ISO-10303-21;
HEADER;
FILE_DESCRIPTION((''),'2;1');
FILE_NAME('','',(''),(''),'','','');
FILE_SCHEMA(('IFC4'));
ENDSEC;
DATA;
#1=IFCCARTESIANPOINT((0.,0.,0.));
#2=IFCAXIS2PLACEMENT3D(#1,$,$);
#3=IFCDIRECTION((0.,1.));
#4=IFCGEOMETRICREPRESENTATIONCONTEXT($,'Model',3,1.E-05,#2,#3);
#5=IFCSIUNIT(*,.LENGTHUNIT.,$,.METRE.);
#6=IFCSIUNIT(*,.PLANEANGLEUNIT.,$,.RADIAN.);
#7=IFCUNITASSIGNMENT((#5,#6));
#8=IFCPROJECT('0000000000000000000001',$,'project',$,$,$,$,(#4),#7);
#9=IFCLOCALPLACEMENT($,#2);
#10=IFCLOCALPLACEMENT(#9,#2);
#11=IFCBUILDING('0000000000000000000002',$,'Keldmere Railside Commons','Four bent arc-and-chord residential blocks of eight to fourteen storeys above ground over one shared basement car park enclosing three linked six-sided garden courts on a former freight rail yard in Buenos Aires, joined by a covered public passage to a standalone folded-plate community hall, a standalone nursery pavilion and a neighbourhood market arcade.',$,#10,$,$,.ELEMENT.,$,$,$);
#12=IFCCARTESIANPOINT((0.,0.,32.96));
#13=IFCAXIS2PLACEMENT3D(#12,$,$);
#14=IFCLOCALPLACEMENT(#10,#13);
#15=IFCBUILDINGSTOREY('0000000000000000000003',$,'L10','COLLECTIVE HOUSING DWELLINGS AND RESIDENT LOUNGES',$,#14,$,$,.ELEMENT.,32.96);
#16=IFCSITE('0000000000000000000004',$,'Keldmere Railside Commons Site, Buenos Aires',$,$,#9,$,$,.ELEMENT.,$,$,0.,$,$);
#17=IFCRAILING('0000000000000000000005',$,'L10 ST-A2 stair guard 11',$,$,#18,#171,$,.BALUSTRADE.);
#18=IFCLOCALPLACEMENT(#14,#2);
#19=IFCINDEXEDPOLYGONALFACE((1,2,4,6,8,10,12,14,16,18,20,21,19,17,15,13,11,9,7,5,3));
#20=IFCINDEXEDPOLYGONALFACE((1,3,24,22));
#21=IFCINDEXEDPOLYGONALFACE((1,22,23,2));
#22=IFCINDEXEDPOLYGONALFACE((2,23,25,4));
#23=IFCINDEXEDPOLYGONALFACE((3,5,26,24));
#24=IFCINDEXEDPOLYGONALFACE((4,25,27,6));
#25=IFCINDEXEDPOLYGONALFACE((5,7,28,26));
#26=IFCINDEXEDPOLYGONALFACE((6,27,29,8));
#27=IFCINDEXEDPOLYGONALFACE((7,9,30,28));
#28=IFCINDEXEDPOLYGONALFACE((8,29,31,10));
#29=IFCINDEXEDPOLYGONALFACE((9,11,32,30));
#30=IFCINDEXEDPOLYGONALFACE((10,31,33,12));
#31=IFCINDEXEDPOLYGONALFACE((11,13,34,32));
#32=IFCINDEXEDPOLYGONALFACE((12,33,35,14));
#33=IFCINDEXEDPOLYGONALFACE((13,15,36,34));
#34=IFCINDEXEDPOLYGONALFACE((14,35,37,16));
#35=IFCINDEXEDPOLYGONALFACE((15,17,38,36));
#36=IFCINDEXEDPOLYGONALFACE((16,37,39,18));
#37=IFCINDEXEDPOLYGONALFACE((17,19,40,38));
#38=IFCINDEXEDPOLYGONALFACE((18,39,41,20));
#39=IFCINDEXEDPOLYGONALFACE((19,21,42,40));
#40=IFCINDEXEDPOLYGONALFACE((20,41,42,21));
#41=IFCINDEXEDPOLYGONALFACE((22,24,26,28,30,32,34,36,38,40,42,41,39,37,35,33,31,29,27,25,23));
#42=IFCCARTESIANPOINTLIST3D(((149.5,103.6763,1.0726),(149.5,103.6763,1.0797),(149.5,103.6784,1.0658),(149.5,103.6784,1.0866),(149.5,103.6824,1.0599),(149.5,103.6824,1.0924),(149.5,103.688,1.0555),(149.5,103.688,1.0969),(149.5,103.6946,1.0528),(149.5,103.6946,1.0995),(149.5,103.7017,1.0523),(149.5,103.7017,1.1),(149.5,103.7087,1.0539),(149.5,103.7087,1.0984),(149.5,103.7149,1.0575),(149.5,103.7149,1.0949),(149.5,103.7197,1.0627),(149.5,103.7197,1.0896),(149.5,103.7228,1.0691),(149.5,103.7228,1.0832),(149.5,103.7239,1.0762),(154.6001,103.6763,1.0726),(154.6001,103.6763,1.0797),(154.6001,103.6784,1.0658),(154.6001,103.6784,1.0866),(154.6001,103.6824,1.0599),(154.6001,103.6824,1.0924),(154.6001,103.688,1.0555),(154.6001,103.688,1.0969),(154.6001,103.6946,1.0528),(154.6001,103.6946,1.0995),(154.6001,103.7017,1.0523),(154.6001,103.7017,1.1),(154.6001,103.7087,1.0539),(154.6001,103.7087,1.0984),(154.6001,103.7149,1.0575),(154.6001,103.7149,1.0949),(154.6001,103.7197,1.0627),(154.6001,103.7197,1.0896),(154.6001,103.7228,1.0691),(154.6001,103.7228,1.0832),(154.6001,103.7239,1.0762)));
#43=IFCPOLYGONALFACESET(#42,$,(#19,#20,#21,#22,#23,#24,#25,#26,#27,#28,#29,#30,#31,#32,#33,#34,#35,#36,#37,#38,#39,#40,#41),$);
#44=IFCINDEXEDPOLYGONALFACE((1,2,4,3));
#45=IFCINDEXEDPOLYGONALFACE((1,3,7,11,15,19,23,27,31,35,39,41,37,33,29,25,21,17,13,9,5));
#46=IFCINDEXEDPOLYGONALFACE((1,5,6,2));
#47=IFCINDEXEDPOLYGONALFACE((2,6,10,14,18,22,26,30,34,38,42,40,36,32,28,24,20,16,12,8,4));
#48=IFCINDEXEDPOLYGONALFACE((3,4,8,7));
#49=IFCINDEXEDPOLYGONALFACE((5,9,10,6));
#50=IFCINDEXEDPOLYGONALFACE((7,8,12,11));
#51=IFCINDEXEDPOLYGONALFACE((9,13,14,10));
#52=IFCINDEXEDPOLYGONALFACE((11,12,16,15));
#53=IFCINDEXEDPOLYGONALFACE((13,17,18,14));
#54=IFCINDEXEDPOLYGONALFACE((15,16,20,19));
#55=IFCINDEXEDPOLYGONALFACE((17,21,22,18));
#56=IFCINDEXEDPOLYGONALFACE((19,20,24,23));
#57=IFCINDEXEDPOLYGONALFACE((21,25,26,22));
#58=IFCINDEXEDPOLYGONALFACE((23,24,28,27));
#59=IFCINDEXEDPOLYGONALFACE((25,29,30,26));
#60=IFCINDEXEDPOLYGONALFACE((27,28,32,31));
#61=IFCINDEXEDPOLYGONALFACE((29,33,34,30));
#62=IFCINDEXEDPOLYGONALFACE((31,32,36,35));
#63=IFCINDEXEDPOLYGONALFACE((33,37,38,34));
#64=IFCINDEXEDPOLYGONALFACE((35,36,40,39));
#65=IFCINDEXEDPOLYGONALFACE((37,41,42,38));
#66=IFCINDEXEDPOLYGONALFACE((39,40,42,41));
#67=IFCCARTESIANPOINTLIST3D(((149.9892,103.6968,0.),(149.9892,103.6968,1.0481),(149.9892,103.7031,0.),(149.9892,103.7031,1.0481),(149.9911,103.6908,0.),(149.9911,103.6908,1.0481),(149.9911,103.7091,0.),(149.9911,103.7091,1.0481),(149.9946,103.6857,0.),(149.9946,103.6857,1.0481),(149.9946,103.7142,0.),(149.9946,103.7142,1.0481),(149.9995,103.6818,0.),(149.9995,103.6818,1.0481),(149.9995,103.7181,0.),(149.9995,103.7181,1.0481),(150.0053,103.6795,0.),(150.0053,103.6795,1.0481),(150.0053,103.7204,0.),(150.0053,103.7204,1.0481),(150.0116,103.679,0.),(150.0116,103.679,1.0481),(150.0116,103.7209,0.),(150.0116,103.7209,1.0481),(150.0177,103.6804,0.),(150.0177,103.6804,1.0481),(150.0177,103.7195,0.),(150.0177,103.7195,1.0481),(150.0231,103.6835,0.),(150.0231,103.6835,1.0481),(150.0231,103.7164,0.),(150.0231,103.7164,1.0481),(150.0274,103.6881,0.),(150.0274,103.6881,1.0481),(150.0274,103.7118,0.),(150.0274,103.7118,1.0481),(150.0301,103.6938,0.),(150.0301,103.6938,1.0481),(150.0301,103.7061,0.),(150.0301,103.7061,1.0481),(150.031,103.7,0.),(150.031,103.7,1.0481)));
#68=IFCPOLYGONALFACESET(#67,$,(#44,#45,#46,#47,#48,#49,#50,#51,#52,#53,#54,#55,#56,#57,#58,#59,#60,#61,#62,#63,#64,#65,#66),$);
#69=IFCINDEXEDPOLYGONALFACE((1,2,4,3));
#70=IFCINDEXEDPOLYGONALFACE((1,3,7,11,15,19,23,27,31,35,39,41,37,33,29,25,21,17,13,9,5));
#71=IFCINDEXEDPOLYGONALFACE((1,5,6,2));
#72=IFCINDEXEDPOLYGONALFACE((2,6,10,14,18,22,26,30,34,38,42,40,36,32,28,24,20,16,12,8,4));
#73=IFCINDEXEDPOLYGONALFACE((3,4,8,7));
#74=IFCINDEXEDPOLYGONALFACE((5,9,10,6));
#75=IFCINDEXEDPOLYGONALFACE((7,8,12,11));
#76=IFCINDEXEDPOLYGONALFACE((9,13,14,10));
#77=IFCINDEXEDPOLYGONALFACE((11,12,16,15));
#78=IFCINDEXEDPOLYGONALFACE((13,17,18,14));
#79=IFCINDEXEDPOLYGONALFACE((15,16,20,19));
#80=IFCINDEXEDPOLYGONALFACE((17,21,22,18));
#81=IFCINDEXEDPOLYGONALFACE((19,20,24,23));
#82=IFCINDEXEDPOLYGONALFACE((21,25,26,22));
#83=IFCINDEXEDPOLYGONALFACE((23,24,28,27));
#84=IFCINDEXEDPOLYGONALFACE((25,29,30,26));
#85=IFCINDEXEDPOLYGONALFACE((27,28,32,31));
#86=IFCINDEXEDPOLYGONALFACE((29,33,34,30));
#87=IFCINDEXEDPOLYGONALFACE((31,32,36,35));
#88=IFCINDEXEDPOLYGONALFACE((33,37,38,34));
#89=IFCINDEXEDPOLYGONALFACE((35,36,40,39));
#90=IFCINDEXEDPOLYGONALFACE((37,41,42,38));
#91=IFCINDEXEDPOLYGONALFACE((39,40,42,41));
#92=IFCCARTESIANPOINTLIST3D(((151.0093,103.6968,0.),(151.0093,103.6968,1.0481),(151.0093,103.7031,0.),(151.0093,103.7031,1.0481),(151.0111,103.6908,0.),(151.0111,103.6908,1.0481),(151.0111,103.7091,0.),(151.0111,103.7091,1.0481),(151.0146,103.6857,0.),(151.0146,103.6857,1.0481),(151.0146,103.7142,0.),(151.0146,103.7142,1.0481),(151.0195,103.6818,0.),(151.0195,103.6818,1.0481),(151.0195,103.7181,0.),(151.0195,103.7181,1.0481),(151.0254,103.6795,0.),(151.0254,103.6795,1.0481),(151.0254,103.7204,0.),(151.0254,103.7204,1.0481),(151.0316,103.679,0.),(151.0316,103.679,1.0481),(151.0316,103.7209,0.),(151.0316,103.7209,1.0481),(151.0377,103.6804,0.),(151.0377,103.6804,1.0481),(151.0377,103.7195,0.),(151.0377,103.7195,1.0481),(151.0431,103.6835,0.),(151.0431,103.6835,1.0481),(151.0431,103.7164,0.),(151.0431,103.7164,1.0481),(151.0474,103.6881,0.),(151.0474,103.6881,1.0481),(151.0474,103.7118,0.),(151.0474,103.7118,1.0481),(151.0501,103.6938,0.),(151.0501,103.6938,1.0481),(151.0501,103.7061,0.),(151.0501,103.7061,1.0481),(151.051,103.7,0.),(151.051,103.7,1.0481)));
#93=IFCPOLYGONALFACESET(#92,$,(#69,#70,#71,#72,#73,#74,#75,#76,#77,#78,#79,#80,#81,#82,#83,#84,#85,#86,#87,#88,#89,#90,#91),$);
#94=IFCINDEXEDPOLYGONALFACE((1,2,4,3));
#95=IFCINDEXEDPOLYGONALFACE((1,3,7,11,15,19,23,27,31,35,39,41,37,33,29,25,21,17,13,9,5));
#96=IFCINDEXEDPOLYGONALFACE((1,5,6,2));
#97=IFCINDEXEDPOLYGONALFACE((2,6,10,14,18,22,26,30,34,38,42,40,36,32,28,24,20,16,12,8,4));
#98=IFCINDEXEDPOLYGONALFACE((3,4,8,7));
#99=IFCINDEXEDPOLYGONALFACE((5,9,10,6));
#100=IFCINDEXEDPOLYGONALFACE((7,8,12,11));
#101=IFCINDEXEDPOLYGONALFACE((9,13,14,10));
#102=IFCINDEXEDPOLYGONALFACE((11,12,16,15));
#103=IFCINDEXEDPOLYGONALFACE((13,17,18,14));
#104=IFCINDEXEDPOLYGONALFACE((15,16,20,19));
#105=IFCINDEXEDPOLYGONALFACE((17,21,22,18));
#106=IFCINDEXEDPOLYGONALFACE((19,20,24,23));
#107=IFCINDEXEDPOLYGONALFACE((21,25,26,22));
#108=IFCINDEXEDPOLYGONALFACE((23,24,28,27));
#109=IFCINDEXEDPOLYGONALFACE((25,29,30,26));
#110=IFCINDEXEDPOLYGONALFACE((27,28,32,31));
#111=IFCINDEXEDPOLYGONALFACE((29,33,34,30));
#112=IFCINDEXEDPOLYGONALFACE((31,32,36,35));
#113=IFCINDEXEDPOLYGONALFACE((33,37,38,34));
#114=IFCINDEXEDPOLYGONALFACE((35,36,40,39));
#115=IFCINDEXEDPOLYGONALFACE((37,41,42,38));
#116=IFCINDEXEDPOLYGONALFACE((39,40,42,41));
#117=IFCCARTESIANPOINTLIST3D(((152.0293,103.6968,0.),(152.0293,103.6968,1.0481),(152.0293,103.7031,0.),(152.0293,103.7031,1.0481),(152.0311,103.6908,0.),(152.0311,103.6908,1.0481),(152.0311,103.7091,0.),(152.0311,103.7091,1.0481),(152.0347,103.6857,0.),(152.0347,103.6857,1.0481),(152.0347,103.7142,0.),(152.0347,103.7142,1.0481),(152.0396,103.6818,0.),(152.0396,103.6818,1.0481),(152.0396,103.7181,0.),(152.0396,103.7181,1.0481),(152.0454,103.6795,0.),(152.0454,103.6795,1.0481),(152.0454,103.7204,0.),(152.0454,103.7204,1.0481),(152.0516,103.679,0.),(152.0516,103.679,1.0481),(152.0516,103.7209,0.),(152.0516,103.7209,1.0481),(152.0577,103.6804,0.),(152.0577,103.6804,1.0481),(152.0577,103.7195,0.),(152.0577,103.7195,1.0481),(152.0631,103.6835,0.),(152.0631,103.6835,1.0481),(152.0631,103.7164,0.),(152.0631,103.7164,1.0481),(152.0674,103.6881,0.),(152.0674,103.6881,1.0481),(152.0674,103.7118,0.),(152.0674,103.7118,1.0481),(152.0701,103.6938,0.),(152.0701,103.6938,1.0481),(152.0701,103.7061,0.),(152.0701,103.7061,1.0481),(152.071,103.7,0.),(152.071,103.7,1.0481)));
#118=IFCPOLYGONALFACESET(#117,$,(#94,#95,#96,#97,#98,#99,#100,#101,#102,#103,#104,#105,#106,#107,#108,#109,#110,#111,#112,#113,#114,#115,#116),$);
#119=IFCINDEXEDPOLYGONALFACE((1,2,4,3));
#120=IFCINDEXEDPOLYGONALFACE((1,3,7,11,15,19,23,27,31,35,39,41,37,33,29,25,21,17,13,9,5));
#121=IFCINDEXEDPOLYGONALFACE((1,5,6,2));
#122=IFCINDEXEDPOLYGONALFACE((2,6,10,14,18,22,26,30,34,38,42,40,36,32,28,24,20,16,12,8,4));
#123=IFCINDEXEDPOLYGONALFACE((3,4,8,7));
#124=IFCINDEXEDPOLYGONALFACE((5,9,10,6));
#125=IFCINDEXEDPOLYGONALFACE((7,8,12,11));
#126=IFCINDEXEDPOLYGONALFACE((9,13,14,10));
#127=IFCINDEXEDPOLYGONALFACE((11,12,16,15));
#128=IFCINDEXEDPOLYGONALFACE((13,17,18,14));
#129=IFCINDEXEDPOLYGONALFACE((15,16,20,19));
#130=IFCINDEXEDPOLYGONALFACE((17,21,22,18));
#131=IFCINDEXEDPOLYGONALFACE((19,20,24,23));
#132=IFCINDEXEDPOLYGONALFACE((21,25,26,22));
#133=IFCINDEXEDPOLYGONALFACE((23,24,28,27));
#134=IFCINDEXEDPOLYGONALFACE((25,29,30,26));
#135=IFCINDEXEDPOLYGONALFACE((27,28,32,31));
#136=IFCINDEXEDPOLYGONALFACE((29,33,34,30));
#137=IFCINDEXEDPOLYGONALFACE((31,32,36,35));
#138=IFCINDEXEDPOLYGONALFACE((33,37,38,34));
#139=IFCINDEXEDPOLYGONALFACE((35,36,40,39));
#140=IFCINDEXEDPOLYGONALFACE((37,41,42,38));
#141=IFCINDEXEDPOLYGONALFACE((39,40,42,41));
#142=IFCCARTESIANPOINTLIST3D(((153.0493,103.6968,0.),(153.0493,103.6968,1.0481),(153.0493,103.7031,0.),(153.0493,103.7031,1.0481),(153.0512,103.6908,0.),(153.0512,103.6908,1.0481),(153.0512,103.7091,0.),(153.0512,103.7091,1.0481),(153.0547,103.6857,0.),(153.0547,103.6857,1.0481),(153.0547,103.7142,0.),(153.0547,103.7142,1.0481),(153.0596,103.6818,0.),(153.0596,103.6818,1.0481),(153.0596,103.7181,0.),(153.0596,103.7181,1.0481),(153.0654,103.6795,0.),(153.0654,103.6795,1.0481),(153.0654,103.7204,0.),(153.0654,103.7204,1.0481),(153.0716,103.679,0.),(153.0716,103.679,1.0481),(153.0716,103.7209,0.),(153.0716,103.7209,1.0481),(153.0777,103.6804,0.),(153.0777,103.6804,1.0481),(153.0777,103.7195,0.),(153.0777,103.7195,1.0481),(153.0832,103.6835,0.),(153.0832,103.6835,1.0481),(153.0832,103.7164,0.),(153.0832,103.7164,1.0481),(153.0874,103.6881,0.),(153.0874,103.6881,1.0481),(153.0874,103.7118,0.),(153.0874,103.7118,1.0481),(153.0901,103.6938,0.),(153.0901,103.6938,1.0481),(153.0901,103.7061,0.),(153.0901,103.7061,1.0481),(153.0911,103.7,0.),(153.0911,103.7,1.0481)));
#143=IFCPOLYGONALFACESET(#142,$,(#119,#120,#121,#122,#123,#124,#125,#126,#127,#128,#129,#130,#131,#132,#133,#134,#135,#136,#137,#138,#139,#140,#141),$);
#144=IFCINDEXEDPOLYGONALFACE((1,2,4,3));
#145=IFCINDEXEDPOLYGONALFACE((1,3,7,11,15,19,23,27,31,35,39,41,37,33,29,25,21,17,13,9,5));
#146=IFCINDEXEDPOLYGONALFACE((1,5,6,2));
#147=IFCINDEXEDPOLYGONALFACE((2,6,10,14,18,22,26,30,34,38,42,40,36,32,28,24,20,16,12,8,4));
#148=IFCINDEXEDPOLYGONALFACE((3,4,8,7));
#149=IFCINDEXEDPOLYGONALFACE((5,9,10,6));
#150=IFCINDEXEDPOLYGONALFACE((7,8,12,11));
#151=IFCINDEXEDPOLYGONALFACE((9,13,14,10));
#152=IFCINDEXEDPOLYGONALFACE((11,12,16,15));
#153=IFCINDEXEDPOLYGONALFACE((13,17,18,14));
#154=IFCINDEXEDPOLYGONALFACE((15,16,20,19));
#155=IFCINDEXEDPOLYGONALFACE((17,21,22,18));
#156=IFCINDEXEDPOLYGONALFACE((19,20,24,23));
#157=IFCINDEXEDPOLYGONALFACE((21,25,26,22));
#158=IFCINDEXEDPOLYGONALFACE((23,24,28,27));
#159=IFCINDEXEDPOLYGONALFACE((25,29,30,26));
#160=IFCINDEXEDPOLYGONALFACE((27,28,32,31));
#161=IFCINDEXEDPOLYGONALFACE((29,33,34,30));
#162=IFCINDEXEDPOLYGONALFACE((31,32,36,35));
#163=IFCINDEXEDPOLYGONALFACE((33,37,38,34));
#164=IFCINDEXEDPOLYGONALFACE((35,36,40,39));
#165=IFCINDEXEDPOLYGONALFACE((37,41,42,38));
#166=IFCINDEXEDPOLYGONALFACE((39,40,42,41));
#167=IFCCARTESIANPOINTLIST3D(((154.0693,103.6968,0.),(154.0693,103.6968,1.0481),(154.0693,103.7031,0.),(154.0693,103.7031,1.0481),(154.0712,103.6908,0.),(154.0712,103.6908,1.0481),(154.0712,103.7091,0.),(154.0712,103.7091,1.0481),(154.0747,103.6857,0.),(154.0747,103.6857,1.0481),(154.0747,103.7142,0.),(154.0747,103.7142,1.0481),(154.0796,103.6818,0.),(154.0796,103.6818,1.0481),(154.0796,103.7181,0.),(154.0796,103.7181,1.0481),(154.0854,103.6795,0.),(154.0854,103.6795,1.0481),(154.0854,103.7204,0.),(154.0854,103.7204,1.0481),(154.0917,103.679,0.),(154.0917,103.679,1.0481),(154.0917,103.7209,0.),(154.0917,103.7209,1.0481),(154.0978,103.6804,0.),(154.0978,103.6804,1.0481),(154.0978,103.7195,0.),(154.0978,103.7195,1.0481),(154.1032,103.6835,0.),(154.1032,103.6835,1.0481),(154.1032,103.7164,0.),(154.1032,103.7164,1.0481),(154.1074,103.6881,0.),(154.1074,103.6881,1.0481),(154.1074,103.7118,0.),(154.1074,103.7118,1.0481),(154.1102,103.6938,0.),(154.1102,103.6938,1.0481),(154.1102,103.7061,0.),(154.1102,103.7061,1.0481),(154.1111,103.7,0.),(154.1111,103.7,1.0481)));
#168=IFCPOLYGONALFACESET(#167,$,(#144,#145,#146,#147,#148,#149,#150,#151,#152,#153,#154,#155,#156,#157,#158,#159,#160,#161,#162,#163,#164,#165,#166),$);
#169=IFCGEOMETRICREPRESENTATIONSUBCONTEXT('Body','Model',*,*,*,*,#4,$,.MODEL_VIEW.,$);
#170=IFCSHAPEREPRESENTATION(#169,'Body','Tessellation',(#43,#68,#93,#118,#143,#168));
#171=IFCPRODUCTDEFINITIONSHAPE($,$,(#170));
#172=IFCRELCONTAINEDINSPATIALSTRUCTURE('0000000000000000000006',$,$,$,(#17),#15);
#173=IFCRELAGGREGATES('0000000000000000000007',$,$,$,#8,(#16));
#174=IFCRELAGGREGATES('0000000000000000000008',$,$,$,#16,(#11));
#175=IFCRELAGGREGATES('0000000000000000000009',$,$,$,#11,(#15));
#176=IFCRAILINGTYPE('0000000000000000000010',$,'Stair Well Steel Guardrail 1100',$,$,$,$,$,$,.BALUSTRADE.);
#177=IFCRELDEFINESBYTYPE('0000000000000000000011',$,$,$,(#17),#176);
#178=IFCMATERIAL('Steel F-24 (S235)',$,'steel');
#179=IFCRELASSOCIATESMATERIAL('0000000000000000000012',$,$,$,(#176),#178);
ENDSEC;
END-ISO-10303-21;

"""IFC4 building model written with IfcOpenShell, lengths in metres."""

from ifc_helpers import new_model, si_unit, direction, frame, origin, origin_2d, place, context, subcontext, project, spatial, circle, extrude, material, type_object, element, save


model = new_model("IFC4")

# Units and contexts
model_context = context("Model", 3, precision=1e-05, world=origin(), true_north=direction((0.0, 1.0)))
body_context = subcontext(model_context, "Body", "Model", "MODEL_VIEW")
ifc_project = project(units=[si_unit("LENGTHUNIT", "METRE"), si_unit("PLANEANGLEUNIT", "RADIAN")], contexts=[model_context])

# Site, building, storey
site_placement = place(None, origin())
site = spatial("IfcSite", under=ifc_project, at=site_placement, Name="Keldmere Railside Commons Site, Buenos Aires", CompositionType="ELEMENT", RefElevation=0.0)
building_placement = place(site_placement, origin())
building = spatial("IfcBuilding", under=site, at=building_placement, Name="Keldmere Railside Commons", Description="Four bent arc-and-chord residential blocks of eight to fourteen storeys above ground over one shared basement car park enclosing three linked six-sided garden courts on a former freight rail yard in Buenos Aires, joined by a covered public passage to a standalone folded-plate community hall, a standalone nursery pavilion and a neighbourhood market arcade.", CompositionType="ELEMENT")
storey_placement = place(building_placement, frame((0.0, 0.0, 32.96)))
storey = spatial("IfcBuildingStorey", under=building, at=storey_placement, Name="L10", Description="COLLECTIVE HOUSING DWELLINGS AND RESIDENT LOUNGES", CompositionType="ELEMENT", Elevation=32.96)

# Shared definitions
ifc_material_1 = material(Name="Steel F-24 (S235)", Category="steel")

# Railing
railing_type_1 = type_object("IfcRailingType", Name="Stair Well Steel Guardrail 1100", PredefinedType="BALUSTRADE", material=ifc_material_1)
for number, where, name in (
    (1, (149.5, 103.7, 0.0), "L10 ST-A2 stair guard 11"),
):
    element("IfcRailing", number, at=place(storey_placement, frame(where)), inside=storey, type_object=railing_type_1, Name=name, PredefinedType="BALUSTRADE", context=body_context, shape_type="SweptSolid", body=[
        extrude(circle(Radius=0.0239, at=origin_2d()), frame((0.0, 0.0, 1.0762), z_axis=(1.0, 0.0, 0.0), x_axis=(0.0, 1.0, 0.0)), (0.0, 0.0, 1.0), 5.1001),
        extrude(circle(Radius=0.021, at=origin_2d()), frame((0.51, 0.0, 0.0)), (0.0, 0.0, 1.0), 1.0481),
        extrude(circle(Radius=0.021, at=origin_2d()), frame((1.53, 0.0, 0.0)), (0.0, 0.0, 1.0), 1.0481),
        extrude(circle(Radius=0.021, at=origin_2d()), frame((2.55, 0.0, 0.0)), (0.0, 0.0, 1.0), 1.0481),
        extrude(circle(Radius=0.021, at=origin_2d()), frame((3.5701, 0.0, 0.0)), (0.0, 0.0, 1.0), 1.0481),
        extrude(circle(Radius=0.021, at=origin_2d()), frame((4.5901, 0.0, 0.0)), (0.0, 0.0, 1.0), 1.0481),
    ])

save(model, "model.ifc")
